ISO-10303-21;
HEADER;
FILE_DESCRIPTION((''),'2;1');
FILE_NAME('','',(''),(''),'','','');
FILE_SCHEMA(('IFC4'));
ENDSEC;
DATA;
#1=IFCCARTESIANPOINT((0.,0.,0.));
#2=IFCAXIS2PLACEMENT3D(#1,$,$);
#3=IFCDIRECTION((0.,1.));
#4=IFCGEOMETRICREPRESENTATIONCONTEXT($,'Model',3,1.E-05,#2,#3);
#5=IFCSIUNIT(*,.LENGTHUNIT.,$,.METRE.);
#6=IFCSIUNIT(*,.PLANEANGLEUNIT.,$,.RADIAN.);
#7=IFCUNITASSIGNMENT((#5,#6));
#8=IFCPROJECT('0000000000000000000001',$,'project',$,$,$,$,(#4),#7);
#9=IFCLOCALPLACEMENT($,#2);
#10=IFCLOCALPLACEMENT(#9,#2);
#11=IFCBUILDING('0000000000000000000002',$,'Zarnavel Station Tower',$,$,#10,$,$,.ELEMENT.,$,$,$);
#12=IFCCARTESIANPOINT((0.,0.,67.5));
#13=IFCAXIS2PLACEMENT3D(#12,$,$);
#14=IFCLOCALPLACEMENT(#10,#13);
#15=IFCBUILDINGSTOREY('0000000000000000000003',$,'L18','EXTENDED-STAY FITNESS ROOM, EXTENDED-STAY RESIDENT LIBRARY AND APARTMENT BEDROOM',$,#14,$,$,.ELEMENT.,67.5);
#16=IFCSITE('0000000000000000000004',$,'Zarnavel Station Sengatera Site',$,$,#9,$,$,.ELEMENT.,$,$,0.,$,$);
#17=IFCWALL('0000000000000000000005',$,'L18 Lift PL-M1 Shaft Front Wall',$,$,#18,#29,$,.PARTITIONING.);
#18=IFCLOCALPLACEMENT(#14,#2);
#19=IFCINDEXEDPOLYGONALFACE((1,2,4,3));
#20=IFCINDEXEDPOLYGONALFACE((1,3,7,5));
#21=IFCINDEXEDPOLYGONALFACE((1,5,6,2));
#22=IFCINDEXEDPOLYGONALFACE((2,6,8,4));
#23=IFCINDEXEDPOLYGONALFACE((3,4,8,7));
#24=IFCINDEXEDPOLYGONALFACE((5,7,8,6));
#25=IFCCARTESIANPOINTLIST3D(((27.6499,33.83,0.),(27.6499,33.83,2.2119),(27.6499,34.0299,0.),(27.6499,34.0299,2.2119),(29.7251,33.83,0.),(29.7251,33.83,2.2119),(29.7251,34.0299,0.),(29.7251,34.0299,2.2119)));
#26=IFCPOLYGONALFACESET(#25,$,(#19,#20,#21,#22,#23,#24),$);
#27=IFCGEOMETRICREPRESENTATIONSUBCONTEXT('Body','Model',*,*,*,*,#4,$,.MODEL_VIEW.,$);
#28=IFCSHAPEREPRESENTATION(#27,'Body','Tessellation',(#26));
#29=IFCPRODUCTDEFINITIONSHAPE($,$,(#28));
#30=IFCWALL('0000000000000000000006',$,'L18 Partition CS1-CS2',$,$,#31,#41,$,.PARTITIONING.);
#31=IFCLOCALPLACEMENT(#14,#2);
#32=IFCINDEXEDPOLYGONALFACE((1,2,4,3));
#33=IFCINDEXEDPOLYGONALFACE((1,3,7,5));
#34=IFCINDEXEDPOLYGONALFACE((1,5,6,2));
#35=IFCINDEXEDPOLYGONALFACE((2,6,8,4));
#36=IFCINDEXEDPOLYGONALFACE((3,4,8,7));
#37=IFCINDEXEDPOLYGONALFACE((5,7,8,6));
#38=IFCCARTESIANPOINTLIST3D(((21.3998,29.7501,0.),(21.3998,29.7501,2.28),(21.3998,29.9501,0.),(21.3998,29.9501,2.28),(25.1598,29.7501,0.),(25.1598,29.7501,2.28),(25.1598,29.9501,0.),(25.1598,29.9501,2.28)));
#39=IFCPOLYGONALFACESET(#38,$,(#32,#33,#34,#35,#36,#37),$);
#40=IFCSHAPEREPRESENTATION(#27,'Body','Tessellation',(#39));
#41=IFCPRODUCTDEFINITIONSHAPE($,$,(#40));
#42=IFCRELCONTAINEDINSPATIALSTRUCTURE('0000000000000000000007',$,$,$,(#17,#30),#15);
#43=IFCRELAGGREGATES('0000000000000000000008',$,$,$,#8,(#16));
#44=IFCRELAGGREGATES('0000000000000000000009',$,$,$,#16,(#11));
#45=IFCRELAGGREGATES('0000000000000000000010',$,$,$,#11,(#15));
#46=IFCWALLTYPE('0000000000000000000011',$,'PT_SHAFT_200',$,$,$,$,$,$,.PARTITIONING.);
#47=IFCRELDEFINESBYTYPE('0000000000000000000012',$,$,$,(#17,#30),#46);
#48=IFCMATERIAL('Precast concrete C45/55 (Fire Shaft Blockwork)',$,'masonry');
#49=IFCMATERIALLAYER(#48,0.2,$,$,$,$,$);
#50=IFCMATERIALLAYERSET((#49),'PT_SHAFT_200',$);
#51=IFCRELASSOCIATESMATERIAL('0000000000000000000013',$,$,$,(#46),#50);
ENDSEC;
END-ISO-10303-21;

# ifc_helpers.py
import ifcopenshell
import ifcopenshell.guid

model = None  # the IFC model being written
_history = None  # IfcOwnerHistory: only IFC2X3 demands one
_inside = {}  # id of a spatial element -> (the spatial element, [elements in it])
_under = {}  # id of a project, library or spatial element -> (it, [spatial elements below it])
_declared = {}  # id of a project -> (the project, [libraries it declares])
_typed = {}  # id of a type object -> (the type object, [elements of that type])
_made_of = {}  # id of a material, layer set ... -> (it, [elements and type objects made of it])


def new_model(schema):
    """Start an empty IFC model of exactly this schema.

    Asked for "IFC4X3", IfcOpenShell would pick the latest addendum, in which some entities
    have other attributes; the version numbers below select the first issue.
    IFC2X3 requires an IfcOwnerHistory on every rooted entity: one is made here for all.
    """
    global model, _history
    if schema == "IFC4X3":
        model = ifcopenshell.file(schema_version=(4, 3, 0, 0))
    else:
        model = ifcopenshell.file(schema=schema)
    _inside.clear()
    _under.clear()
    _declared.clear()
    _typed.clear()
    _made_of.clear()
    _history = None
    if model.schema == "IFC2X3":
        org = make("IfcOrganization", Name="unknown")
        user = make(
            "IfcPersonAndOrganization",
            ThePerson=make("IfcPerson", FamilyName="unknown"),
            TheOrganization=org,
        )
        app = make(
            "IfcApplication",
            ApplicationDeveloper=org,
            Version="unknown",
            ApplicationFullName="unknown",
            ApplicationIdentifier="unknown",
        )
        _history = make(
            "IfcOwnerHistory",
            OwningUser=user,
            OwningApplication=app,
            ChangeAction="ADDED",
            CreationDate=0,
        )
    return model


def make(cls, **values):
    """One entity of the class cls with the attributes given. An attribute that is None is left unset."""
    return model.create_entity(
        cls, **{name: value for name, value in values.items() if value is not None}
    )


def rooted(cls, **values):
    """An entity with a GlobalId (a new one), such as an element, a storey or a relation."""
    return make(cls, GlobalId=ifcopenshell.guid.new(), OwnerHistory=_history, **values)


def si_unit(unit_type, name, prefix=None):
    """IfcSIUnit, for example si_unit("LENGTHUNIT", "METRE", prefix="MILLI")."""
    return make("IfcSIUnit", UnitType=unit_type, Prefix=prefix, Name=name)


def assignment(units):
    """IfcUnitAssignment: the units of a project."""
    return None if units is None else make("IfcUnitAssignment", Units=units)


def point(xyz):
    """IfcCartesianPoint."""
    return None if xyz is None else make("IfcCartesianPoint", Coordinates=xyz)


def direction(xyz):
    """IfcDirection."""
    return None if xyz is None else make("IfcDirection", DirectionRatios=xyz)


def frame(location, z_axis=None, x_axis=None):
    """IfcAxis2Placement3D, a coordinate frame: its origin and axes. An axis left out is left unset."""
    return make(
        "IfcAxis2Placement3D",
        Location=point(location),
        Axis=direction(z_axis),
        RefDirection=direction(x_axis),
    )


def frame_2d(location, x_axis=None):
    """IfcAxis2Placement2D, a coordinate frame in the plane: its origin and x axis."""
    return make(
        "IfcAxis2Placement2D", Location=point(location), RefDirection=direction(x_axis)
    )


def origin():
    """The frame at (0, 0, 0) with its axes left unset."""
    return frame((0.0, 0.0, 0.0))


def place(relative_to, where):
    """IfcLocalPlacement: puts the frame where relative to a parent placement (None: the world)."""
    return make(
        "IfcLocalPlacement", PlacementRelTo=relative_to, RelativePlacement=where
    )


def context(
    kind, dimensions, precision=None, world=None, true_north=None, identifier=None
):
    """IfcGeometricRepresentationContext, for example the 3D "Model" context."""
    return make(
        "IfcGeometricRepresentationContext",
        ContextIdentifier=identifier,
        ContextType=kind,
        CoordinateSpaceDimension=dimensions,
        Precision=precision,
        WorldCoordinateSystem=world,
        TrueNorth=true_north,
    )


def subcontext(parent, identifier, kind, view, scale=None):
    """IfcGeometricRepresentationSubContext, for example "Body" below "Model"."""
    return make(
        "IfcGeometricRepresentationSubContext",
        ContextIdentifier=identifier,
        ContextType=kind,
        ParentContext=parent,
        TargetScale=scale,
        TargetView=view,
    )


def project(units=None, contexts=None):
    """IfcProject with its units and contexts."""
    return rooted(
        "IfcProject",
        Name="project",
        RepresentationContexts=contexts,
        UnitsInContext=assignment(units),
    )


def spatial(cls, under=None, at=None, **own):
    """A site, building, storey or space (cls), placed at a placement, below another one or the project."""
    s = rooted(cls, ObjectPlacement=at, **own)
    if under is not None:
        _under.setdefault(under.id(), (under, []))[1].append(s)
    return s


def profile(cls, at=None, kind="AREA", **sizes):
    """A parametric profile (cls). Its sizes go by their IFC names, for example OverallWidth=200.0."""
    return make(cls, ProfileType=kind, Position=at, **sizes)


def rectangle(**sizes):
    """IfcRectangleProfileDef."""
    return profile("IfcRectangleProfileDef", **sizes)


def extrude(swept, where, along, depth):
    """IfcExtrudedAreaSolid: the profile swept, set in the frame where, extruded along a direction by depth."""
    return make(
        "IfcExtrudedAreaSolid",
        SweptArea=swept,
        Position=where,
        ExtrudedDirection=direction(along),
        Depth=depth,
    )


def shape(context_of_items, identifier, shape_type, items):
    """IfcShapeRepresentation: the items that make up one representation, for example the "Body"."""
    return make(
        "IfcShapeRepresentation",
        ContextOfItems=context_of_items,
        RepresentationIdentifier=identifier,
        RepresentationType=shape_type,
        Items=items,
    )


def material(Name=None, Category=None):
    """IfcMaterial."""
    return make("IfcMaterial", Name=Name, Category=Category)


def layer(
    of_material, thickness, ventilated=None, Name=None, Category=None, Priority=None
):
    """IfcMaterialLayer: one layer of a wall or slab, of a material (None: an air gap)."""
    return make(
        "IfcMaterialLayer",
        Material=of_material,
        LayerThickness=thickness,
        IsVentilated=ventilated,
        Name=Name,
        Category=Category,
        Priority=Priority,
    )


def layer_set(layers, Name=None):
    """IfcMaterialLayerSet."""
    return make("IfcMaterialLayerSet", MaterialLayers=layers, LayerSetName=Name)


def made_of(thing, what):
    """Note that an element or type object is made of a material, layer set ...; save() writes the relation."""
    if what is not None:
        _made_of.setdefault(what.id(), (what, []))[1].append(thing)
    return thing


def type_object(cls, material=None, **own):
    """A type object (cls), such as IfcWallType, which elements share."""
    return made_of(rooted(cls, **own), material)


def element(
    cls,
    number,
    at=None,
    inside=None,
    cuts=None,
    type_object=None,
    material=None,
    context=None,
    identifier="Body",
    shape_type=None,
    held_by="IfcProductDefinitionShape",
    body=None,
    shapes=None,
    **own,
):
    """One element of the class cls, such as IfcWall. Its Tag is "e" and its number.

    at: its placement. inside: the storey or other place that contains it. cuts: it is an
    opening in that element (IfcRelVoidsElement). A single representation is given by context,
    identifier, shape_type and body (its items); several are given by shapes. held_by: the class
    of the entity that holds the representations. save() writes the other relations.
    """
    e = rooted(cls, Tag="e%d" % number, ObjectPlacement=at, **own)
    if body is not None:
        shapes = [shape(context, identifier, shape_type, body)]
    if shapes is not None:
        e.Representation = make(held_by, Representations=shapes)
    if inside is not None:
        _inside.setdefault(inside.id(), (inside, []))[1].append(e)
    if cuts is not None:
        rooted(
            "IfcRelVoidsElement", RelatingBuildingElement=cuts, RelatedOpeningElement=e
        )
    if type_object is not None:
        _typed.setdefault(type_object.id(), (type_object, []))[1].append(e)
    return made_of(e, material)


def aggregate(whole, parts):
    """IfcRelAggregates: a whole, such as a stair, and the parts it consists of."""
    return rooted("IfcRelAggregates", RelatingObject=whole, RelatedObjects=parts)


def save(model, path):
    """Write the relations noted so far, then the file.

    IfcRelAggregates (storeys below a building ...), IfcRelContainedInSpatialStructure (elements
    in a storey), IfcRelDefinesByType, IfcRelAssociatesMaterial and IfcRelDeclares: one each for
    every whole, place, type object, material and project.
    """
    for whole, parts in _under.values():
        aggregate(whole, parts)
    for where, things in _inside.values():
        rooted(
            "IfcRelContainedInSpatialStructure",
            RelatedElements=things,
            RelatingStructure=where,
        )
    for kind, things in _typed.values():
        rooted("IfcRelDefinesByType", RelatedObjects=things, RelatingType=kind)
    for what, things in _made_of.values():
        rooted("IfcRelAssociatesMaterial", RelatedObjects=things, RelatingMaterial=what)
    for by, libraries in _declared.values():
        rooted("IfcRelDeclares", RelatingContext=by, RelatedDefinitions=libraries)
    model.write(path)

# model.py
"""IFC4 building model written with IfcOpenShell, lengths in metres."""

from ifc_helpers import new_model, si_unit, direction, frame, frame_2d, origin, place, context, subcontext, project, spatial, rectangle, extrude, material, layer, layer_set, type_object, element, save


model = new_model("IFC4")

# Units and contexts
model_context = context("Model", 3, precision=1e-05, world=origin(), true_north=direction((0.0, 1.0)))
body_context = subcontext(model_context, "Body", "Model", "MODEL_VIEW")
ifc_project = project(units=[si_unit("LENGTHUNIT", "METRE"), si_unit("PLANEANGLEUNIT", "RADIAN")], contexts=[model_context])

# Site, building, storey
site_placement = place(None, origin())
site = spatial("IfcSite", under=ifc_project, at=site_placement, Name="Zarnavel Station Sengatera Site", CompositionType="ELEMENT", RefElevation=0.0)
building_placement = place(site_placement, origin())
building = spatial("IfcBuilding", under=site, at=building_placement, Name="Zarnavel Station Tower", CompositionType="ELEMENT")
storey_placement = place(building_placement, frame((0.0, 0.0, 67.5)))
storey = spatial("IfcBuildingStorey", under=building, at=storey_placement, Name="L18", Description="EXTENDED-STAY FITNESS ROOM, EXTENDED-STAY RESIDENT LIBRARY AND APARTMENT BEDROOM", CompositionType="ELEMENT", Elevation=67.5)

# Shared definitions
ifc_material_1 = material(Name="Precast concrete C45/55 (Fire Shaft Blockwork)", Category="masonry")
ifc_layer_1 = layer(ifc_material_1, 0.2)
ifc_layer_set_1 = layer_set([ifc_layer_1], Name="PT_SHAFT_200")
wall_type_1 = type_object("IfcWallType", Name="PT_SHAFT_200", PredefinedType="PARTITIONING", material=ifc_layer_set_1)

# Wall
wall_1_placement = place(storey_placement, frame((27.6499, 33.9299, 0.0), z_axis=(0.0, 0.0, 1.0), x_axis=(1.0, 0.0, 0.0)))
element("IfcWall", 1, at=wall_1_placement, inside=storey, type_object=wall_type_1, Name="L18 Lift PL-M1 Shaft Front Wall", PredefinedType="PARTITIONING", context=body_context, shape_type="SweptSolid", body=[
    extrude(rectangle(XDim=2.0752, YDim=0.2, at=frame_2d((1.0376, 0.0))), origin(), (0.0, 0.0, 1.0), 2.2119),
])

# Wall
wall_2_placement = place(storey_placement, frame((21.3999, 29.8501, 0.0), z_axis=(0.0, 0.0, 1.0), x_axis=(1.0, 0.0, 0.0)))
element("IfcWall", 2, at=wall_2_placement, inside=storey, type_object=wall_type_1, Name="L18 Partition CS1-CS2", PredefinedType="PARTITIONING", context=body_context, shape_type="SweptSolid", body=[
    extrude(rectangle(XDim=3.76, YDim=0.2, at=frame_2d((1.8799, 0.0))), origin(), (0.0, 0.0, 1.0), 2.28),
])

save(model, "model.ifc")
